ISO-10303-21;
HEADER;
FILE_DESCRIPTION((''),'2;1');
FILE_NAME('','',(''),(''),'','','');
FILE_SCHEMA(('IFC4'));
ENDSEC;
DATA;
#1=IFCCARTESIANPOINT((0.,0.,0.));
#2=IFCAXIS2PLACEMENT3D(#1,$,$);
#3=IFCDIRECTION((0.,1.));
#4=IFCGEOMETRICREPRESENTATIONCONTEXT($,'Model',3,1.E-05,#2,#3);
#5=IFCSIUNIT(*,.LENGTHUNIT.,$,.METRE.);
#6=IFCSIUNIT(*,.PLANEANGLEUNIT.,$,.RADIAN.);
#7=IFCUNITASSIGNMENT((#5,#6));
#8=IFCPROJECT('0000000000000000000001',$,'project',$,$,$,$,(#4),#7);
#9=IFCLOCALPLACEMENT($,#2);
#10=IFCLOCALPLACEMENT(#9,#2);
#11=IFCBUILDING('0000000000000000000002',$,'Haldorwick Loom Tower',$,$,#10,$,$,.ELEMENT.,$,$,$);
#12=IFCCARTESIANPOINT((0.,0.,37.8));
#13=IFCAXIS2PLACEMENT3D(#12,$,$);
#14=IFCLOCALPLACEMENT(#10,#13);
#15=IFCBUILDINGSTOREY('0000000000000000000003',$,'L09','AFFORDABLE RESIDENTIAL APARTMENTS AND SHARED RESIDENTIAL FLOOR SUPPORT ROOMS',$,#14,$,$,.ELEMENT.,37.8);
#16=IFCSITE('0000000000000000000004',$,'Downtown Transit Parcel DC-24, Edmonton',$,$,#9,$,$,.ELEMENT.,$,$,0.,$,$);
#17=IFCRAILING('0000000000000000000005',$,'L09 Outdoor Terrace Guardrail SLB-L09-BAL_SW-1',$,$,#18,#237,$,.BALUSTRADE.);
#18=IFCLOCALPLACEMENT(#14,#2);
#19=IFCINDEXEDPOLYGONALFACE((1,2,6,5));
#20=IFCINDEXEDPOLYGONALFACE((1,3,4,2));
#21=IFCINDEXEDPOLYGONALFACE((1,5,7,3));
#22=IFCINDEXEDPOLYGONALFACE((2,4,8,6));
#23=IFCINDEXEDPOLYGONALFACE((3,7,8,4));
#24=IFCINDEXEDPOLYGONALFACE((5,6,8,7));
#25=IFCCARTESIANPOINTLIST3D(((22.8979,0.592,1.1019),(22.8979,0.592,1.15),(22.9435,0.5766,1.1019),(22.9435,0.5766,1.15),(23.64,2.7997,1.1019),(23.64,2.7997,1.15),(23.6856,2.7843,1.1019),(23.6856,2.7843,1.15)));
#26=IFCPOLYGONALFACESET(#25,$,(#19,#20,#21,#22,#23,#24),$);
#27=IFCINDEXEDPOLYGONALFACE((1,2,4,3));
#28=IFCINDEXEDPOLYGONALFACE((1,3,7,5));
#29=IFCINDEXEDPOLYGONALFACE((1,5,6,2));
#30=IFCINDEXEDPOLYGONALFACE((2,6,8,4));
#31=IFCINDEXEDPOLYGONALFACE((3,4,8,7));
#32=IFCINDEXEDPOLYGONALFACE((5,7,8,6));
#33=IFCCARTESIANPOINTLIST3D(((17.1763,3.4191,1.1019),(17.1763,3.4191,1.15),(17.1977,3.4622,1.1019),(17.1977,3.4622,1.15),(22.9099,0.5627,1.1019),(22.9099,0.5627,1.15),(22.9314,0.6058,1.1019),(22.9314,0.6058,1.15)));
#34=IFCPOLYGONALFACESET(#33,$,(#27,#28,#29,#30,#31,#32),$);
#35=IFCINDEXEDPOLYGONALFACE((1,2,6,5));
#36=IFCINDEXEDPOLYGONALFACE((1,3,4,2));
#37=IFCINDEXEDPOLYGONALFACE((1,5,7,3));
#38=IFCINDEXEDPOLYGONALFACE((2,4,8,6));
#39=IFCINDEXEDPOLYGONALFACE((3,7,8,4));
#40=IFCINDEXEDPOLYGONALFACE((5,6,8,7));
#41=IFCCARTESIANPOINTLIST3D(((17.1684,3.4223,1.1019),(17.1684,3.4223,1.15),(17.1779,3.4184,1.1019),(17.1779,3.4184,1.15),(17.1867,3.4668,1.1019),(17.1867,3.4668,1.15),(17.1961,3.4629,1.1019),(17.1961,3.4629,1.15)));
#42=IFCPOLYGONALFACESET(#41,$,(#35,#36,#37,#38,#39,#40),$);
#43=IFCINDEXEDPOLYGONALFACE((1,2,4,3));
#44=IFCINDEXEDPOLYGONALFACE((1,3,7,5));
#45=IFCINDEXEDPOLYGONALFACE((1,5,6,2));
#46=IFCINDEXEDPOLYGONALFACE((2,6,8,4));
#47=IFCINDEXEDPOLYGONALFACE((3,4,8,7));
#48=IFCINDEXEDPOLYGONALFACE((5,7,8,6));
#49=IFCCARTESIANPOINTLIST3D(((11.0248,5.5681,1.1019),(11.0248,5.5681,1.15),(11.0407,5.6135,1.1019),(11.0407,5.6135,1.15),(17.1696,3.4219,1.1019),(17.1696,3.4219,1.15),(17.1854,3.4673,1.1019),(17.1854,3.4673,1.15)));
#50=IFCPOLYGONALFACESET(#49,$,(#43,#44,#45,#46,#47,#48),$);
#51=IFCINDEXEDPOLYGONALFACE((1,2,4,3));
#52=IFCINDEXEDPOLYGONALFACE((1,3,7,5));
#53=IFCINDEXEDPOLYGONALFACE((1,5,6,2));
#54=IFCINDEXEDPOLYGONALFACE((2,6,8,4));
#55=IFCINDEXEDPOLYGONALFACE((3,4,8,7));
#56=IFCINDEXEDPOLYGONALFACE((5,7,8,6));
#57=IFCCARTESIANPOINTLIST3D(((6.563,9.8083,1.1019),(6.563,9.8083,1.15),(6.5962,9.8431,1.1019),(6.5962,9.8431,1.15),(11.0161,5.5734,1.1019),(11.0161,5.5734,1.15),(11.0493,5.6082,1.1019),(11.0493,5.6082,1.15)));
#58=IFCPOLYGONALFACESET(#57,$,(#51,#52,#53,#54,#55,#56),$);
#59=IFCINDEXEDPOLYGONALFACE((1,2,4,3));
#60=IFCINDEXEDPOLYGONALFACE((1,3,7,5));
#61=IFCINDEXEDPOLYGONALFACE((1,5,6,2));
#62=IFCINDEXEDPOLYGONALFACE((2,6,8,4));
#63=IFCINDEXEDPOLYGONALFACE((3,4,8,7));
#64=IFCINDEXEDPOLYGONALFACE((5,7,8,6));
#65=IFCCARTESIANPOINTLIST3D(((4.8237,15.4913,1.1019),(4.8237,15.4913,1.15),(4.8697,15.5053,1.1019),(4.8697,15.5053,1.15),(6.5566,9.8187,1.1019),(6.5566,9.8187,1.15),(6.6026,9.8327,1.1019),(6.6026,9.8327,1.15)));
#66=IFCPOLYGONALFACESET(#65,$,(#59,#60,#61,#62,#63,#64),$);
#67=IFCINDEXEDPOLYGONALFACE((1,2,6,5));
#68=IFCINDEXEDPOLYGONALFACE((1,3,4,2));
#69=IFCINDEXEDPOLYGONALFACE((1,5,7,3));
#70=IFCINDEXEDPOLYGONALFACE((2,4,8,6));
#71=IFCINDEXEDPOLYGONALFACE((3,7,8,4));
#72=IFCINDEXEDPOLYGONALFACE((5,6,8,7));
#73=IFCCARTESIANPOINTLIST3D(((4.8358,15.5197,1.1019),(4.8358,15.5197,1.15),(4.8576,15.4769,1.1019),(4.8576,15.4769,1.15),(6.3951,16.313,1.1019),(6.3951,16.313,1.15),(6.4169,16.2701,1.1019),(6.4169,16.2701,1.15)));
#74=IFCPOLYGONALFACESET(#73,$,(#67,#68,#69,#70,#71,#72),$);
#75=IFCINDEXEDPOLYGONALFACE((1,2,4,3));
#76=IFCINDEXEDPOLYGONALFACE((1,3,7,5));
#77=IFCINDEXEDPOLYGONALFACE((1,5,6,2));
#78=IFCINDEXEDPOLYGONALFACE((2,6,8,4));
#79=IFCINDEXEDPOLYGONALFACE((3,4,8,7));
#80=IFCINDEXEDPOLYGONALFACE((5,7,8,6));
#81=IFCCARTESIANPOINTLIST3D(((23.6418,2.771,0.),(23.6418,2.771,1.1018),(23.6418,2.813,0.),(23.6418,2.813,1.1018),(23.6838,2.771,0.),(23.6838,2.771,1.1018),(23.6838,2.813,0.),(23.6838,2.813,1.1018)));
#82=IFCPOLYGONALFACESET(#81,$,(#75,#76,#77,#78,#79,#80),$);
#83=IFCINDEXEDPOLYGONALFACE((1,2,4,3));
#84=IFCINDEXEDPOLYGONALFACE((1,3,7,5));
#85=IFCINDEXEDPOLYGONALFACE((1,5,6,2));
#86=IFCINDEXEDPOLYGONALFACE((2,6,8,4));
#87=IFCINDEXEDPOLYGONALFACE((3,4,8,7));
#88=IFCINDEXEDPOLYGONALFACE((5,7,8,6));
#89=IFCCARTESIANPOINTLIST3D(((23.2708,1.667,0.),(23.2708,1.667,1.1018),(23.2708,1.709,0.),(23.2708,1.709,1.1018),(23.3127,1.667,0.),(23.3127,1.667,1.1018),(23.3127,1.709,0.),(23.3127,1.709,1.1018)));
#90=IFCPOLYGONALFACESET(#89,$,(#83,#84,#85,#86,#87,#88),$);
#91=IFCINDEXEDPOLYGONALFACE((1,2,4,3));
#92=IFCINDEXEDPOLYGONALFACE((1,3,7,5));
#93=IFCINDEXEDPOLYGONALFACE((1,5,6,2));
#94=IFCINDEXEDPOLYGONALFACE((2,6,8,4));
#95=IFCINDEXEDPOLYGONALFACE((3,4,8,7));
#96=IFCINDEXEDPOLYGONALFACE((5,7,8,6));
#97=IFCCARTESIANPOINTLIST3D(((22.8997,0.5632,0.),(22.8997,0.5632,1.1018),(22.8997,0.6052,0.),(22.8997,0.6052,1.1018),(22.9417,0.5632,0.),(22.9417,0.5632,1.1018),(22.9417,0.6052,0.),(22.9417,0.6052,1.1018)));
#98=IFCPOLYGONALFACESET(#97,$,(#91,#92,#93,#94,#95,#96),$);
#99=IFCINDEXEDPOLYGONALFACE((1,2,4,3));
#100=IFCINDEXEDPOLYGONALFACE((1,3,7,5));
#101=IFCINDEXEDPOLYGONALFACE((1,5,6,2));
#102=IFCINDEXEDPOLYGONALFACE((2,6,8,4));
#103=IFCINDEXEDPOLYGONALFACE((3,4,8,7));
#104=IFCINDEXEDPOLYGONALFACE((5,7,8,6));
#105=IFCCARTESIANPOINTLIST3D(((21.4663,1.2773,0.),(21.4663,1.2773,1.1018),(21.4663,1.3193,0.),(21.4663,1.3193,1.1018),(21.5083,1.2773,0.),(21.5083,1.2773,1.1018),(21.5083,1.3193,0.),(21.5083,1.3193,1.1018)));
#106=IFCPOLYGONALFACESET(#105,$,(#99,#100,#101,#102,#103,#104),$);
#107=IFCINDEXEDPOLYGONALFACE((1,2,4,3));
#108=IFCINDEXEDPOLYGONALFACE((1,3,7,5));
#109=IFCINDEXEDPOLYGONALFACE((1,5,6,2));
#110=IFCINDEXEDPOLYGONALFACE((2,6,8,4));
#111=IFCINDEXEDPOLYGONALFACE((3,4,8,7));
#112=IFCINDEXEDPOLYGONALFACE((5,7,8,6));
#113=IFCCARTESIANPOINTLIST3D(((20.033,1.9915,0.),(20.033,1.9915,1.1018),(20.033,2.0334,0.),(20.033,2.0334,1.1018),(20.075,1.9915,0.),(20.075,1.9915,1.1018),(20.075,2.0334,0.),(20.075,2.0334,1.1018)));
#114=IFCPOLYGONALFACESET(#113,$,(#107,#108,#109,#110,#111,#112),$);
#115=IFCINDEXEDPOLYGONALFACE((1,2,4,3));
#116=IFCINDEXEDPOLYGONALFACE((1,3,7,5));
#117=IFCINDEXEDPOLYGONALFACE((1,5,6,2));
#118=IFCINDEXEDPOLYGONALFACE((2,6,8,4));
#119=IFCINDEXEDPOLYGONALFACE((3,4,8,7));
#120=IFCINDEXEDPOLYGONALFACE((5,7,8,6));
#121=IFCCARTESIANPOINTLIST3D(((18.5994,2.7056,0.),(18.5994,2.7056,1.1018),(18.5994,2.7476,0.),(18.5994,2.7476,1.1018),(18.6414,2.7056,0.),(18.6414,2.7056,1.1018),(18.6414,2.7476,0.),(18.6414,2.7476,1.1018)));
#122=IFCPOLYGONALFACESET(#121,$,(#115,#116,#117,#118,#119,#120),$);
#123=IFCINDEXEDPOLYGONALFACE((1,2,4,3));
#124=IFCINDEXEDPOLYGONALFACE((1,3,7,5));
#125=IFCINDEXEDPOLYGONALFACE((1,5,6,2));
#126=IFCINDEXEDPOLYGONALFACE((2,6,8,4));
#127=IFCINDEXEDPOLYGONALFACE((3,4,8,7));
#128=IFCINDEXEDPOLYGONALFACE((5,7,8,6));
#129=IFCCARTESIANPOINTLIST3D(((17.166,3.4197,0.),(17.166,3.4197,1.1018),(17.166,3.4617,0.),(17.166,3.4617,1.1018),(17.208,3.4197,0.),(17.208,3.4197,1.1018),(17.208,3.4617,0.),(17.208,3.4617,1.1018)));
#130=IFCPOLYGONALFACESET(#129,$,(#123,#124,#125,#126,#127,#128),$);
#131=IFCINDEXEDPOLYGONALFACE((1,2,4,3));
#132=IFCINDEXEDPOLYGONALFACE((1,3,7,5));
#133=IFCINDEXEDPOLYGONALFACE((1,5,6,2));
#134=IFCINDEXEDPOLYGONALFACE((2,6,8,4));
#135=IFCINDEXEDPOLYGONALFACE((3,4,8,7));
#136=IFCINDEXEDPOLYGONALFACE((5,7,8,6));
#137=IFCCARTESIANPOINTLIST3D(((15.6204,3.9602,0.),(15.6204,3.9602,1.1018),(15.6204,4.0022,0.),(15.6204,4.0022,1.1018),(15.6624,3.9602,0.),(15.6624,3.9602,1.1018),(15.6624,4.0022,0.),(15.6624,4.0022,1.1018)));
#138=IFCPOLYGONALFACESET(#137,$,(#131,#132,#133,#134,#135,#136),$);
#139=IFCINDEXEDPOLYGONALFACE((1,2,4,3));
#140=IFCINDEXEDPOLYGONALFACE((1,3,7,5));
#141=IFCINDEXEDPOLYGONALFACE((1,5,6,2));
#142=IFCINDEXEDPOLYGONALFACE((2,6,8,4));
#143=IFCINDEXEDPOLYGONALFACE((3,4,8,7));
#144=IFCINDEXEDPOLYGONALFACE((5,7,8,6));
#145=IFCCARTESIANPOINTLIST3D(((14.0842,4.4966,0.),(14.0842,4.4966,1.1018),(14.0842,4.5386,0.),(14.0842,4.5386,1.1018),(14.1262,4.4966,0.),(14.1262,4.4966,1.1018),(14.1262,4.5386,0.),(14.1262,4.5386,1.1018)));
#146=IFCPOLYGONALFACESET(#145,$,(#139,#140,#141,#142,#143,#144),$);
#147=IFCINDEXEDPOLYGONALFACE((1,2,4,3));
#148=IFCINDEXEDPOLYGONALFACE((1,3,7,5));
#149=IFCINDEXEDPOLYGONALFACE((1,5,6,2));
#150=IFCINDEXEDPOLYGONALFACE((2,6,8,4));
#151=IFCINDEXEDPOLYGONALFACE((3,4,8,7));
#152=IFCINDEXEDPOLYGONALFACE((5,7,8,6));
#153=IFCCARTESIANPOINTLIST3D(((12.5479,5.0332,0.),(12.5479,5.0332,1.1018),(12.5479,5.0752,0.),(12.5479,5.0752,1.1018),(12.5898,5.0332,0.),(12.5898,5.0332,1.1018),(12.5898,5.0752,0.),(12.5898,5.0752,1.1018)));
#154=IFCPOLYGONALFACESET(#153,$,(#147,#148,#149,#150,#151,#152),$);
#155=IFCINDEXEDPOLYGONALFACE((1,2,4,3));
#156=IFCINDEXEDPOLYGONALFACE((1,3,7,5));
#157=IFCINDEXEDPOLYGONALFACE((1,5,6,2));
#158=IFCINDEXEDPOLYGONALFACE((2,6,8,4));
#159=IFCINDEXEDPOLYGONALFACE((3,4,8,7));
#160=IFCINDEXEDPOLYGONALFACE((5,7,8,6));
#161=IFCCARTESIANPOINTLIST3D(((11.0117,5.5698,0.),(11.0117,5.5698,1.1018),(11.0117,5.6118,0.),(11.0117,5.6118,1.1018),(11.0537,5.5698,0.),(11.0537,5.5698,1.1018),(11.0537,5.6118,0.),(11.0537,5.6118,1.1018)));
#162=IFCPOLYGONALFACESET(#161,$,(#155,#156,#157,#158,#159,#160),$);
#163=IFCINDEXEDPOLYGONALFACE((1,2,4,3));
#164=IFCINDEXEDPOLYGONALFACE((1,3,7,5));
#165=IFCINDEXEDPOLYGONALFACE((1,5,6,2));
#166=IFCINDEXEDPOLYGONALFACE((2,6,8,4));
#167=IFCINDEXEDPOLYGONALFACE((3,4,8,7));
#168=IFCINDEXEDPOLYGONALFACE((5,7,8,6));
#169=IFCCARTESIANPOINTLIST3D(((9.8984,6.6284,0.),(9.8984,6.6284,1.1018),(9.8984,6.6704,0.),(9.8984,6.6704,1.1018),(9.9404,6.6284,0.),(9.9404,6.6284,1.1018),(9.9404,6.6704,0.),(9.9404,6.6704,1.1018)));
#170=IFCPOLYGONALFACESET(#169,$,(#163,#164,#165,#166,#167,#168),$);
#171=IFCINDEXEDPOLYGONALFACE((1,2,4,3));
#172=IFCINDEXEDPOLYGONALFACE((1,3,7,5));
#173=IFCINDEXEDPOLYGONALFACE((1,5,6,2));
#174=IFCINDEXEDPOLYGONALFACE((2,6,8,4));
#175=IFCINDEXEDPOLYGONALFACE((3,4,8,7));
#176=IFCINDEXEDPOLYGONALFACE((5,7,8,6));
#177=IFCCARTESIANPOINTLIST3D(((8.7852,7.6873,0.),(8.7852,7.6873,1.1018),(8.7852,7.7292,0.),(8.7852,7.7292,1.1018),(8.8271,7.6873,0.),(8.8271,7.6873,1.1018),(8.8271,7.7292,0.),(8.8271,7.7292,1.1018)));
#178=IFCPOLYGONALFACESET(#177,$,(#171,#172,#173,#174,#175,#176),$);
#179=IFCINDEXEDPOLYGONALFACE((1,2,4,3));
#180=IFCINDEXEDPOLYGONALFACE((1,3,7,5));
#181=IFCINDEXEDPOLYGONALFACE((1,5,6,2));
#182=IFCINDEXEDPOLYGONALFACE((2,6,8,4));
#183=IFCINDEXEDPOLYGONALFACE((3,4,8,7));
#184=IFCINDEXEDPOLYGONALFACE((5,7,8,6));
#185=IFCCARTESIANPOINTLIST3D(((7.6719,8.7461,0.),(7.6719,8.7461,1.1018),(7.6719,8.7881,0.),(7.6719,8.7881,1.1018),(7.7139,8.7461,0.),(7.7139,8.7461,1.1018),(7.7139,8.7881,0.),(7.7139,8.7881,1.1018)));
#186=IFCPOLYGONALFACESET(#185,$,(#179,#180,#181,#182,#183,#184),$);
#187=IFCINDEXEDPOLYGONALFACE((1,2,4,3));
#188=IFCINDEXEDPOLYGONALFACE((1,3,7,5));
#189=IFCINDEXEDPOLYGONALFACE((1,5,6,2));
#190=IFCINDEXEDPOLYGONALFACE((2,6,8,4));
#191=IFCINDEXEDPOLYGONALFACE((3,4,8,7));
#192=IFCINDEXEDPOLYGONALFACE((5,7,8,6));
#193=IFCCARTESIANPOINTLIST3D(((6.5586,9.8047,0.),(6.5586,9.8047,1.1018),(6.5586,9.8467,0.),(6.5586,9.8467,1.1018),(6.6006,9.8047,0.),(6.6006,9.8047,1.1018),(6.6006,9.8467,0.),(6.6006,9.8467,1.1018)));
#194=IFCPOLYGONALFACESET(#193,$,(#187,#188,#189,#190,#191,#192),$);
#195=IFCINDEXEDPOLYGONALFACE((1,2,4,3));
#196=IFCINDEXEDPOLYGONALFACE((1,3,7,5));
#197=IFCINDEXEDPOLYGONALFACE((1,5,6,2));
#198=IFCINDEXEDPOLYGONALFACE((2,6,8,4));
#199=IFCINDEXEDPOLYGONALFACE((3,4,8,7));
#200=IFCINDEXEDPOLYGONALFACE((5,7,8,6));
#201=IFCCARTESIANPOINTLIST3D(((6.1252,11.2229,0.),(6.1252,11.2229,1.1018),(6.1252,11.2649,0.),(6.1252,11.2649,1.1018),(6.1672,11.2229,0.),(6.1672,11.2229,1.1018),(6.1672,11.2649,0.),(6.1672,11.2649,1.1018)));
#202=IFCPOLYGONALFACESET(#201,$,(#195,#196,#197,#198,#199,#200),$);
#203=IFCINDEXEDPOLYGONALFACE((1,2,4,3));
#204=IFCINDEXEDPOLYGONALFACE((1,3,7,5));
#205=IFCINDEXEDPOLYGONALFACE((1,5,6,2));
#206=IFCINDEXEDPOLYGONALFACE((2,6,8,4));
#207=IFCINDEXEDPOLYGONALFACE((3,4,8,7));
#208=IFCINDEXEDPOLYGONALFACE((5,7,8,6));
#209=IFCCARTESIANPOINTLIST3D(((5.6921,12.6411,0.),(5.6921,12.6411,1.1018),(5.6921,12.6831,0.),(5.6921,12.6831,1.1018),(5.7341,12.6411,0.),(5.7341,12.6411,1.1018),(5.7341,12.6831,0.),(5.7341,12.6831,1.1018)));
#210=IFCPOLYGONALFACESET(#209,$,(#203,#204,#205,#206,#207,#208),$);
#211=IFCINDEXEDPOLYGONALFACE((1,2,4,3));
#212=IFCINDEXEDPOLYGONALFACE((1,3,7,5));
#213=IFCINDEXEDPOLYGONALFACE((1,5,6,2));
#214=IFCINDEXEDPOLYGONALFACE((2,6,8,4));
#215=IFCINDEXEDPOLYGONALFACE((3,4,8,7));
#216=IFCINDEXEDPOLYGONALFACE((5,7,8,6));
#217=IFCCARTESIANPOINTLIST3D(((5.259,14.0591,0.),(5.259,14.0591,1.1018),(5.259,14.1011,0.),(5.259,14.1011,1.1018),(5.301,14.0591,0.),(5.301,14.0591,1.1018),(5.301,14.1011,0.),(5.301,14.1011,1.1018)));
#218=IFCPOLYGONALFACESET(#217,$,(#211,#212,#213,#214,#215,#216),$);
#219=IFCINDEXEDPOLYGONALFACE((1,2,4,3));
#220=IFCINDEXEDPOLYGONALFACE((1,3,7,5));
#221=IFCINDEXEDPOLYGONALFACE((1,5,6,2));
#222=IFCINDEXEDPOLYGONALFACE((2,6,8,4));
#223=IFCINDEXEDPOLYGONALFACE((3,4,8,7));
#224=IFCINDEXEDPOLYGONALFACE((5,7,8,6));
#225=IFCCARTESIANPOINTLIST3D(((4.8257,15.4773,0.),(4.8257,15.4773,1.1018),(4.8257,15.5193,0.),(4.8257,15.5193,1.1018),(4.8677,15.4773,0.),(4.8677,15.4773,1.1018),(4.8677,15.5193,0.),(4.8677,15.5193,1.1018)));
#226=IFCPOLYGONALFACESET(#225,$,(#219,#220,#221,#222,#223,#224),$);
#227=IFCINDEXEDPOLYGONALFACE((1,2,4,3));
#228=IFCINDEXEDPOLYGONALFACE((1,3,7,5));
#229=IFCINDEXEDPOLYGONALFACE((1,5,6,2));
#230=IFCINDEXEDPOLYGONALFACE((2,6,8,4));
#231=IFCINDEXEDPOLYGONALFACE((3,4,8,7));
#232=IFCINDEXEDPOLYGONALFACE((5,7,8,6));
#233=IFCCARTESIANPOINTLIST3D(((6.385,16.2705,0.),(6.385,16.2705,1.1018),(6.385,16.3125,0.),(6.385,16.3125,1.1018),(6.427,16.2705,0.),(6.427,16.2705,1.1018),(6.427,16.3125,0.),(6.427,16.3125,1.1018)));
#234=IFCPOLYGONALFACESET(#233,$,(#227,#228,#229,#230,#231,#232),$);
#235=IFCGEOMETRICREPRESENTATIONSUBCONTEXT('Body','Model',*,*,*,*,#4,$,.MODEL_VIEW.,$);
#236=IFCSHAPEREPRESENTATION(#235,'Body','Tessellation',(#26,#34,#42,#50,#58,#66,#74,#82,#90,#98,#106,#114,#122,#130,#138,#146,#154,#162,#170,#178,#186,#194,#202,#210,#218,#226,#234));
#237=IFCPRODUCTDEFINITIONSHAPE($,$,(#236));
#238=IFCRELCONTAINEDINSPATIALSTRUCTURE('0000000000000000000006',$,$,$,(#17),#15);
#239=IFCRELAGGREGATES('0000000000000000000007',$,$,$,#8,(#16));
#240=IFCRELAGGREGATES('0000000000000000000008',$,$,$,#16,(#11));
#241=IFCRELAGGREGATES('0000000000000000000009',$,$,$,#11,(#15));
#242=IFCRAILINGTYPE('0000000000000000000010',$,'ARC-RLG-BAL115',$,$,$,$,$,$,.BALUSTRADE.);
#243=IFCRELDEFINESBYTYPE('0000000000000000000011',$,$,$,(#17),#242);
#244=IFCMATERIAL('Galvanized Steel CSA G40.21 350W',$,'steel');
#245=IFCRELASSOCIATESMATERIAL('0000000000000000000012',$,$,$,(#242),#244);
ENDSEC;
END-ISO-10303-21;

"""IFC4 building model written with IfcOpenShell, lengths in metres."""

from ifc_helpers import new_model, si_unit, direction, frame, origin, origin_2d, place, context, subcontext, project, spatial, rectangle, extrude, material, type_object, element, save


model = new_model("IFC4")

# Units and contexts
model_context = context("Model", 3, precision=1e-05, world=origin(), true_north=direction((0.0, 1.0)))
body_context = subcontext(model_context, "Body", "Model", "MODEL_VIEW")
ifc_project = project(units=[si_unit("LENGTHUNIT", "METRE"), si_unit("PLANEANGLEUNIT", "RADIAN")], contexts=[model_context])

# Site, building, storey
site_placement = place(None, origin())
site = spatial("IfcSite", under=ifc_project, at=site_placement, Name="Downtown Transit Parcel DC-24, Edmonton", CompositionType="ELEMENT", RefElevation=0.0)
building_placement = place(site_placement, origin())
building = spatial("IfcBuilding", under=site, at=building_placement, Name="Haldorwick Loom Tower", CompositionType="ELEMENT")
storey_placement = place(building_placement, frame((0.0, 0.0, 37.8)))
storey = spatial("IfcBuildingStorey", under=building, at=storey_placement, Name="L09", Description="AFFORDABLE RESIDENTIAL APARTMENTS AND SHARED RESIDENTIAL FLOOR SUPPORT ROOMS", CompositionType="ELEMENT", Elevation=37.8)

# Railing
ifc_material_1 = material(Name="Galvanized Steel CSA G40.21 350W", Category="steel")
railing_type = type_object("IfcRailingType", Name="ARC-RLG-BAL115", PredefinedType="BALUSTRADE", material=ifc_material_1)
railing_placement = place(storey_placement, frame((23.6628, 2.792, 0.0)))
element("IfcRailing", 1, at=railing_placement, inside=storey, type_object=railing_type, Name="L09 Outdoor Terrace Guardrail SLB-L09-BAL_SW-1", PredefinedType="BALUSTRADE", context=body_context, shape_type="SweptSolid", body=[
    extrude(rectangle(XDim=0.0481, YDim=0.0481, at=origin_2d()), frame((0.0, 0.0, 1.126), z_axis=(-0.318648, -0.947873, 0.0), x_axis=(0.947873, -0.318648, 0.0)), (0.0, 0.0, 1.0), 2.3291),
    extrude(rectangle(XDim=0.0481, YDim=0.0481, at=origin_2d()), frame((-0.7422, -2.2078, 1.126), z_axis=(-0.895074, 0.445917, 0.0), x_axis=(-0.445917, -0.895074, 0.0)), (0.0, 0.0, 1.0), 6.4058),
    extrude(rectangle(XDim=0.0481, YDim=0.0481, at=origin_2d()), frame((-6.4758, 0.6487, 1.126), z_axis=(-0.925169, 0.379556, 0.0), x_axis=(-0.379556, -0.925169, 0.0)), (0.0, 0.0, 1.0), 0.0103),
    extrude(rectangle(XDim=0.0481, YDim=0.0481, at=origin_2d()), frame((-6.4854, 0.6526, 1.126), z_axis=(-0.94407, 0.329744, 0.0), x_axis=(-0.329744, -0.94407, 0.0)), (0.0, 0.0, 1.0), 6.5088),
    extrude(rectangle(XDim=0.0481, YDim=0.0481, at=origin_2d()), frame((-12.6301, 2.7988, 1.126), z_axis=(-0.724642, 0.689125, 0.0), x_axis=(-0.689125, -0.724642, 0.0)), (0.0, 0.0, 1.0), 6.1453),
    extrude(rectangle(XDim=0.0481, YDim=0.0481, at=origin_2d()), frame((-17.0833, 7.0337, 1.126), z_axis=(-0.292159, 0.95637, 0.0), x_axis=(-0.95637, -0.292159, 0.0)), (0.0, 0.0, 1.0), 5.9314),
    extrude(rectangle(XDim=0.0481, YDim=0.0481, at=origin_2d()), frame((-18.8162, 12.7063, 1.126), z_axis=(0.891308, 0.453399, 0.0), x_axis=(-0.453399, 0.891308, 0.0)), (0.0, 0.0, 1.0), 1.7495),
    extrude(rectangle(XDim=0.042, YDim=0.042, at=origin_2d()), origin(), (0.0, 0.0, 1.0), 1.1018),
    extrude(rectangle(XDim=0.042, YDim=0.042, at=origin_2d()), frame((-0.3711, -1.104, 0.0)), (0.0, 0.0, 1.0), 1.1018),
    extrude(rectangle(XDim=0.042, YDim=0.042, at=origin_2d()), frame((-0.7422, -2.2078, 0.0)), (0.0, 0.0, 1.0), 1.1018),
    extrude(rectangle(XDim=0.042, YDim=0.042, at=origin_2d()), frame((-2.1755, -1.4937, 0.0)), (0.0, 0.0, 1.0), 1.1018),
    extrude(rectangle(XDim=0.042, YDim=0.042, at=origin_2d()), frame((-3.6089, -0.7795, 0.0)), (0.0, 0.0, 1.0), 1.1018),
    extrude(rectangle(XDim=0.042, YDim=0.042, at=origin_2d()), frame((-5.0425, -0.0654, 0.0)), (0.0, 0.0, 1.0), 1.1018),
    extrude(rectangle(XDim=0.042, YDim=0.042, at=origin_2d()), frame((-6.4758, 0.6487, 0.0)), (0.0, 0.0, 1.0), 1.1018),
    extrude(rectangle(XDim=0.042, YDim=0.042, at=origin_2d()), frame((-8.0215, 1.1892, 0.0)), (0.0, 0.0, 1.0), 1.1018),
    extrude(rectangle(XDim=0.042, YDim=0.042, at=origin_2d()), frame((-9.5576, 1.7256, 0.0)), (0.0, 0.0, 1.0), 1.1018),
    extrude(rectangle(XDim=0.042, YDim=0.042, at=origin_2d()), frame((-11.094, 2.2622, 0.0)), (0.0, 0.0, 1.0), 1.1018),
    extrude(rectangle(XDim=0.042, YDim=0.042, at=origin_2d()), frame((-12.6301, 2.7988, 0.0)), (0.0, 0.0, 1.0), 1.1018),
    extrude(rectangle(XDim=0.042, YDim=0.042, at=origin_2d()), frame((-13.7434, 3.8574, 0.0)), (0.0, 0.0, 1.0), 1.1018),
    extrude(rectangle(XDim=0.042, YDim=0.042, at=origin_2d()), frame((-14.8567, 4.9163, 0.0)), (0.0, 0.0, 1.0), 1.1018),
    extrude(rectangle(XDim=0.042, YDim=0.042, at=origin_2d()), frame((-15.97, 5.9751, 0.0)), (0.0, 0.0, 1.0), 1.1018),
    extrude(rectangle(XDim=0.042, YDim=0.042, at=origin_2d()), frame((-17.0833, 7.0337, 0.0)), (0.0, 0.0, 1.0), 1.1018),
    extrude(rectangle(XDim=0.042, YDim=0.042, at=origin_2d()), frame((-17.5166, 8.4519, 0.0)), (0.0, 0.0, 1.0), 1.1018),
    extrude(rectangle(XDim=0.042, YDim=0.042, at=origin_2d()), frame((-17.9497, 9.8701, 0.0)), (0.0, 0.0, 1.0), 1.1018),
    extrude(rectangle(XDim=0.042, YDim=0.042, at=origin_2d()), frame((-18.3828, 11.2881, 0.0)), (0.0, 0.0, 1.0), 1.1018),
    extrude(rectangle(XDim=0.042, YDim=0.042, at=origin_2d()), frame((-18.8162, 12.7063, 0.0)), (0.0, 0.0, 1.0), 1.1018),
    extrude(rectangle(XDim=0.042, YDim=0.042, at=origin_2d()), frame((-17.2568, 13.4995, 0.0)), (0.0, 0.0, 1.0), 1.1018),
])

save(model, "model.ifc")
